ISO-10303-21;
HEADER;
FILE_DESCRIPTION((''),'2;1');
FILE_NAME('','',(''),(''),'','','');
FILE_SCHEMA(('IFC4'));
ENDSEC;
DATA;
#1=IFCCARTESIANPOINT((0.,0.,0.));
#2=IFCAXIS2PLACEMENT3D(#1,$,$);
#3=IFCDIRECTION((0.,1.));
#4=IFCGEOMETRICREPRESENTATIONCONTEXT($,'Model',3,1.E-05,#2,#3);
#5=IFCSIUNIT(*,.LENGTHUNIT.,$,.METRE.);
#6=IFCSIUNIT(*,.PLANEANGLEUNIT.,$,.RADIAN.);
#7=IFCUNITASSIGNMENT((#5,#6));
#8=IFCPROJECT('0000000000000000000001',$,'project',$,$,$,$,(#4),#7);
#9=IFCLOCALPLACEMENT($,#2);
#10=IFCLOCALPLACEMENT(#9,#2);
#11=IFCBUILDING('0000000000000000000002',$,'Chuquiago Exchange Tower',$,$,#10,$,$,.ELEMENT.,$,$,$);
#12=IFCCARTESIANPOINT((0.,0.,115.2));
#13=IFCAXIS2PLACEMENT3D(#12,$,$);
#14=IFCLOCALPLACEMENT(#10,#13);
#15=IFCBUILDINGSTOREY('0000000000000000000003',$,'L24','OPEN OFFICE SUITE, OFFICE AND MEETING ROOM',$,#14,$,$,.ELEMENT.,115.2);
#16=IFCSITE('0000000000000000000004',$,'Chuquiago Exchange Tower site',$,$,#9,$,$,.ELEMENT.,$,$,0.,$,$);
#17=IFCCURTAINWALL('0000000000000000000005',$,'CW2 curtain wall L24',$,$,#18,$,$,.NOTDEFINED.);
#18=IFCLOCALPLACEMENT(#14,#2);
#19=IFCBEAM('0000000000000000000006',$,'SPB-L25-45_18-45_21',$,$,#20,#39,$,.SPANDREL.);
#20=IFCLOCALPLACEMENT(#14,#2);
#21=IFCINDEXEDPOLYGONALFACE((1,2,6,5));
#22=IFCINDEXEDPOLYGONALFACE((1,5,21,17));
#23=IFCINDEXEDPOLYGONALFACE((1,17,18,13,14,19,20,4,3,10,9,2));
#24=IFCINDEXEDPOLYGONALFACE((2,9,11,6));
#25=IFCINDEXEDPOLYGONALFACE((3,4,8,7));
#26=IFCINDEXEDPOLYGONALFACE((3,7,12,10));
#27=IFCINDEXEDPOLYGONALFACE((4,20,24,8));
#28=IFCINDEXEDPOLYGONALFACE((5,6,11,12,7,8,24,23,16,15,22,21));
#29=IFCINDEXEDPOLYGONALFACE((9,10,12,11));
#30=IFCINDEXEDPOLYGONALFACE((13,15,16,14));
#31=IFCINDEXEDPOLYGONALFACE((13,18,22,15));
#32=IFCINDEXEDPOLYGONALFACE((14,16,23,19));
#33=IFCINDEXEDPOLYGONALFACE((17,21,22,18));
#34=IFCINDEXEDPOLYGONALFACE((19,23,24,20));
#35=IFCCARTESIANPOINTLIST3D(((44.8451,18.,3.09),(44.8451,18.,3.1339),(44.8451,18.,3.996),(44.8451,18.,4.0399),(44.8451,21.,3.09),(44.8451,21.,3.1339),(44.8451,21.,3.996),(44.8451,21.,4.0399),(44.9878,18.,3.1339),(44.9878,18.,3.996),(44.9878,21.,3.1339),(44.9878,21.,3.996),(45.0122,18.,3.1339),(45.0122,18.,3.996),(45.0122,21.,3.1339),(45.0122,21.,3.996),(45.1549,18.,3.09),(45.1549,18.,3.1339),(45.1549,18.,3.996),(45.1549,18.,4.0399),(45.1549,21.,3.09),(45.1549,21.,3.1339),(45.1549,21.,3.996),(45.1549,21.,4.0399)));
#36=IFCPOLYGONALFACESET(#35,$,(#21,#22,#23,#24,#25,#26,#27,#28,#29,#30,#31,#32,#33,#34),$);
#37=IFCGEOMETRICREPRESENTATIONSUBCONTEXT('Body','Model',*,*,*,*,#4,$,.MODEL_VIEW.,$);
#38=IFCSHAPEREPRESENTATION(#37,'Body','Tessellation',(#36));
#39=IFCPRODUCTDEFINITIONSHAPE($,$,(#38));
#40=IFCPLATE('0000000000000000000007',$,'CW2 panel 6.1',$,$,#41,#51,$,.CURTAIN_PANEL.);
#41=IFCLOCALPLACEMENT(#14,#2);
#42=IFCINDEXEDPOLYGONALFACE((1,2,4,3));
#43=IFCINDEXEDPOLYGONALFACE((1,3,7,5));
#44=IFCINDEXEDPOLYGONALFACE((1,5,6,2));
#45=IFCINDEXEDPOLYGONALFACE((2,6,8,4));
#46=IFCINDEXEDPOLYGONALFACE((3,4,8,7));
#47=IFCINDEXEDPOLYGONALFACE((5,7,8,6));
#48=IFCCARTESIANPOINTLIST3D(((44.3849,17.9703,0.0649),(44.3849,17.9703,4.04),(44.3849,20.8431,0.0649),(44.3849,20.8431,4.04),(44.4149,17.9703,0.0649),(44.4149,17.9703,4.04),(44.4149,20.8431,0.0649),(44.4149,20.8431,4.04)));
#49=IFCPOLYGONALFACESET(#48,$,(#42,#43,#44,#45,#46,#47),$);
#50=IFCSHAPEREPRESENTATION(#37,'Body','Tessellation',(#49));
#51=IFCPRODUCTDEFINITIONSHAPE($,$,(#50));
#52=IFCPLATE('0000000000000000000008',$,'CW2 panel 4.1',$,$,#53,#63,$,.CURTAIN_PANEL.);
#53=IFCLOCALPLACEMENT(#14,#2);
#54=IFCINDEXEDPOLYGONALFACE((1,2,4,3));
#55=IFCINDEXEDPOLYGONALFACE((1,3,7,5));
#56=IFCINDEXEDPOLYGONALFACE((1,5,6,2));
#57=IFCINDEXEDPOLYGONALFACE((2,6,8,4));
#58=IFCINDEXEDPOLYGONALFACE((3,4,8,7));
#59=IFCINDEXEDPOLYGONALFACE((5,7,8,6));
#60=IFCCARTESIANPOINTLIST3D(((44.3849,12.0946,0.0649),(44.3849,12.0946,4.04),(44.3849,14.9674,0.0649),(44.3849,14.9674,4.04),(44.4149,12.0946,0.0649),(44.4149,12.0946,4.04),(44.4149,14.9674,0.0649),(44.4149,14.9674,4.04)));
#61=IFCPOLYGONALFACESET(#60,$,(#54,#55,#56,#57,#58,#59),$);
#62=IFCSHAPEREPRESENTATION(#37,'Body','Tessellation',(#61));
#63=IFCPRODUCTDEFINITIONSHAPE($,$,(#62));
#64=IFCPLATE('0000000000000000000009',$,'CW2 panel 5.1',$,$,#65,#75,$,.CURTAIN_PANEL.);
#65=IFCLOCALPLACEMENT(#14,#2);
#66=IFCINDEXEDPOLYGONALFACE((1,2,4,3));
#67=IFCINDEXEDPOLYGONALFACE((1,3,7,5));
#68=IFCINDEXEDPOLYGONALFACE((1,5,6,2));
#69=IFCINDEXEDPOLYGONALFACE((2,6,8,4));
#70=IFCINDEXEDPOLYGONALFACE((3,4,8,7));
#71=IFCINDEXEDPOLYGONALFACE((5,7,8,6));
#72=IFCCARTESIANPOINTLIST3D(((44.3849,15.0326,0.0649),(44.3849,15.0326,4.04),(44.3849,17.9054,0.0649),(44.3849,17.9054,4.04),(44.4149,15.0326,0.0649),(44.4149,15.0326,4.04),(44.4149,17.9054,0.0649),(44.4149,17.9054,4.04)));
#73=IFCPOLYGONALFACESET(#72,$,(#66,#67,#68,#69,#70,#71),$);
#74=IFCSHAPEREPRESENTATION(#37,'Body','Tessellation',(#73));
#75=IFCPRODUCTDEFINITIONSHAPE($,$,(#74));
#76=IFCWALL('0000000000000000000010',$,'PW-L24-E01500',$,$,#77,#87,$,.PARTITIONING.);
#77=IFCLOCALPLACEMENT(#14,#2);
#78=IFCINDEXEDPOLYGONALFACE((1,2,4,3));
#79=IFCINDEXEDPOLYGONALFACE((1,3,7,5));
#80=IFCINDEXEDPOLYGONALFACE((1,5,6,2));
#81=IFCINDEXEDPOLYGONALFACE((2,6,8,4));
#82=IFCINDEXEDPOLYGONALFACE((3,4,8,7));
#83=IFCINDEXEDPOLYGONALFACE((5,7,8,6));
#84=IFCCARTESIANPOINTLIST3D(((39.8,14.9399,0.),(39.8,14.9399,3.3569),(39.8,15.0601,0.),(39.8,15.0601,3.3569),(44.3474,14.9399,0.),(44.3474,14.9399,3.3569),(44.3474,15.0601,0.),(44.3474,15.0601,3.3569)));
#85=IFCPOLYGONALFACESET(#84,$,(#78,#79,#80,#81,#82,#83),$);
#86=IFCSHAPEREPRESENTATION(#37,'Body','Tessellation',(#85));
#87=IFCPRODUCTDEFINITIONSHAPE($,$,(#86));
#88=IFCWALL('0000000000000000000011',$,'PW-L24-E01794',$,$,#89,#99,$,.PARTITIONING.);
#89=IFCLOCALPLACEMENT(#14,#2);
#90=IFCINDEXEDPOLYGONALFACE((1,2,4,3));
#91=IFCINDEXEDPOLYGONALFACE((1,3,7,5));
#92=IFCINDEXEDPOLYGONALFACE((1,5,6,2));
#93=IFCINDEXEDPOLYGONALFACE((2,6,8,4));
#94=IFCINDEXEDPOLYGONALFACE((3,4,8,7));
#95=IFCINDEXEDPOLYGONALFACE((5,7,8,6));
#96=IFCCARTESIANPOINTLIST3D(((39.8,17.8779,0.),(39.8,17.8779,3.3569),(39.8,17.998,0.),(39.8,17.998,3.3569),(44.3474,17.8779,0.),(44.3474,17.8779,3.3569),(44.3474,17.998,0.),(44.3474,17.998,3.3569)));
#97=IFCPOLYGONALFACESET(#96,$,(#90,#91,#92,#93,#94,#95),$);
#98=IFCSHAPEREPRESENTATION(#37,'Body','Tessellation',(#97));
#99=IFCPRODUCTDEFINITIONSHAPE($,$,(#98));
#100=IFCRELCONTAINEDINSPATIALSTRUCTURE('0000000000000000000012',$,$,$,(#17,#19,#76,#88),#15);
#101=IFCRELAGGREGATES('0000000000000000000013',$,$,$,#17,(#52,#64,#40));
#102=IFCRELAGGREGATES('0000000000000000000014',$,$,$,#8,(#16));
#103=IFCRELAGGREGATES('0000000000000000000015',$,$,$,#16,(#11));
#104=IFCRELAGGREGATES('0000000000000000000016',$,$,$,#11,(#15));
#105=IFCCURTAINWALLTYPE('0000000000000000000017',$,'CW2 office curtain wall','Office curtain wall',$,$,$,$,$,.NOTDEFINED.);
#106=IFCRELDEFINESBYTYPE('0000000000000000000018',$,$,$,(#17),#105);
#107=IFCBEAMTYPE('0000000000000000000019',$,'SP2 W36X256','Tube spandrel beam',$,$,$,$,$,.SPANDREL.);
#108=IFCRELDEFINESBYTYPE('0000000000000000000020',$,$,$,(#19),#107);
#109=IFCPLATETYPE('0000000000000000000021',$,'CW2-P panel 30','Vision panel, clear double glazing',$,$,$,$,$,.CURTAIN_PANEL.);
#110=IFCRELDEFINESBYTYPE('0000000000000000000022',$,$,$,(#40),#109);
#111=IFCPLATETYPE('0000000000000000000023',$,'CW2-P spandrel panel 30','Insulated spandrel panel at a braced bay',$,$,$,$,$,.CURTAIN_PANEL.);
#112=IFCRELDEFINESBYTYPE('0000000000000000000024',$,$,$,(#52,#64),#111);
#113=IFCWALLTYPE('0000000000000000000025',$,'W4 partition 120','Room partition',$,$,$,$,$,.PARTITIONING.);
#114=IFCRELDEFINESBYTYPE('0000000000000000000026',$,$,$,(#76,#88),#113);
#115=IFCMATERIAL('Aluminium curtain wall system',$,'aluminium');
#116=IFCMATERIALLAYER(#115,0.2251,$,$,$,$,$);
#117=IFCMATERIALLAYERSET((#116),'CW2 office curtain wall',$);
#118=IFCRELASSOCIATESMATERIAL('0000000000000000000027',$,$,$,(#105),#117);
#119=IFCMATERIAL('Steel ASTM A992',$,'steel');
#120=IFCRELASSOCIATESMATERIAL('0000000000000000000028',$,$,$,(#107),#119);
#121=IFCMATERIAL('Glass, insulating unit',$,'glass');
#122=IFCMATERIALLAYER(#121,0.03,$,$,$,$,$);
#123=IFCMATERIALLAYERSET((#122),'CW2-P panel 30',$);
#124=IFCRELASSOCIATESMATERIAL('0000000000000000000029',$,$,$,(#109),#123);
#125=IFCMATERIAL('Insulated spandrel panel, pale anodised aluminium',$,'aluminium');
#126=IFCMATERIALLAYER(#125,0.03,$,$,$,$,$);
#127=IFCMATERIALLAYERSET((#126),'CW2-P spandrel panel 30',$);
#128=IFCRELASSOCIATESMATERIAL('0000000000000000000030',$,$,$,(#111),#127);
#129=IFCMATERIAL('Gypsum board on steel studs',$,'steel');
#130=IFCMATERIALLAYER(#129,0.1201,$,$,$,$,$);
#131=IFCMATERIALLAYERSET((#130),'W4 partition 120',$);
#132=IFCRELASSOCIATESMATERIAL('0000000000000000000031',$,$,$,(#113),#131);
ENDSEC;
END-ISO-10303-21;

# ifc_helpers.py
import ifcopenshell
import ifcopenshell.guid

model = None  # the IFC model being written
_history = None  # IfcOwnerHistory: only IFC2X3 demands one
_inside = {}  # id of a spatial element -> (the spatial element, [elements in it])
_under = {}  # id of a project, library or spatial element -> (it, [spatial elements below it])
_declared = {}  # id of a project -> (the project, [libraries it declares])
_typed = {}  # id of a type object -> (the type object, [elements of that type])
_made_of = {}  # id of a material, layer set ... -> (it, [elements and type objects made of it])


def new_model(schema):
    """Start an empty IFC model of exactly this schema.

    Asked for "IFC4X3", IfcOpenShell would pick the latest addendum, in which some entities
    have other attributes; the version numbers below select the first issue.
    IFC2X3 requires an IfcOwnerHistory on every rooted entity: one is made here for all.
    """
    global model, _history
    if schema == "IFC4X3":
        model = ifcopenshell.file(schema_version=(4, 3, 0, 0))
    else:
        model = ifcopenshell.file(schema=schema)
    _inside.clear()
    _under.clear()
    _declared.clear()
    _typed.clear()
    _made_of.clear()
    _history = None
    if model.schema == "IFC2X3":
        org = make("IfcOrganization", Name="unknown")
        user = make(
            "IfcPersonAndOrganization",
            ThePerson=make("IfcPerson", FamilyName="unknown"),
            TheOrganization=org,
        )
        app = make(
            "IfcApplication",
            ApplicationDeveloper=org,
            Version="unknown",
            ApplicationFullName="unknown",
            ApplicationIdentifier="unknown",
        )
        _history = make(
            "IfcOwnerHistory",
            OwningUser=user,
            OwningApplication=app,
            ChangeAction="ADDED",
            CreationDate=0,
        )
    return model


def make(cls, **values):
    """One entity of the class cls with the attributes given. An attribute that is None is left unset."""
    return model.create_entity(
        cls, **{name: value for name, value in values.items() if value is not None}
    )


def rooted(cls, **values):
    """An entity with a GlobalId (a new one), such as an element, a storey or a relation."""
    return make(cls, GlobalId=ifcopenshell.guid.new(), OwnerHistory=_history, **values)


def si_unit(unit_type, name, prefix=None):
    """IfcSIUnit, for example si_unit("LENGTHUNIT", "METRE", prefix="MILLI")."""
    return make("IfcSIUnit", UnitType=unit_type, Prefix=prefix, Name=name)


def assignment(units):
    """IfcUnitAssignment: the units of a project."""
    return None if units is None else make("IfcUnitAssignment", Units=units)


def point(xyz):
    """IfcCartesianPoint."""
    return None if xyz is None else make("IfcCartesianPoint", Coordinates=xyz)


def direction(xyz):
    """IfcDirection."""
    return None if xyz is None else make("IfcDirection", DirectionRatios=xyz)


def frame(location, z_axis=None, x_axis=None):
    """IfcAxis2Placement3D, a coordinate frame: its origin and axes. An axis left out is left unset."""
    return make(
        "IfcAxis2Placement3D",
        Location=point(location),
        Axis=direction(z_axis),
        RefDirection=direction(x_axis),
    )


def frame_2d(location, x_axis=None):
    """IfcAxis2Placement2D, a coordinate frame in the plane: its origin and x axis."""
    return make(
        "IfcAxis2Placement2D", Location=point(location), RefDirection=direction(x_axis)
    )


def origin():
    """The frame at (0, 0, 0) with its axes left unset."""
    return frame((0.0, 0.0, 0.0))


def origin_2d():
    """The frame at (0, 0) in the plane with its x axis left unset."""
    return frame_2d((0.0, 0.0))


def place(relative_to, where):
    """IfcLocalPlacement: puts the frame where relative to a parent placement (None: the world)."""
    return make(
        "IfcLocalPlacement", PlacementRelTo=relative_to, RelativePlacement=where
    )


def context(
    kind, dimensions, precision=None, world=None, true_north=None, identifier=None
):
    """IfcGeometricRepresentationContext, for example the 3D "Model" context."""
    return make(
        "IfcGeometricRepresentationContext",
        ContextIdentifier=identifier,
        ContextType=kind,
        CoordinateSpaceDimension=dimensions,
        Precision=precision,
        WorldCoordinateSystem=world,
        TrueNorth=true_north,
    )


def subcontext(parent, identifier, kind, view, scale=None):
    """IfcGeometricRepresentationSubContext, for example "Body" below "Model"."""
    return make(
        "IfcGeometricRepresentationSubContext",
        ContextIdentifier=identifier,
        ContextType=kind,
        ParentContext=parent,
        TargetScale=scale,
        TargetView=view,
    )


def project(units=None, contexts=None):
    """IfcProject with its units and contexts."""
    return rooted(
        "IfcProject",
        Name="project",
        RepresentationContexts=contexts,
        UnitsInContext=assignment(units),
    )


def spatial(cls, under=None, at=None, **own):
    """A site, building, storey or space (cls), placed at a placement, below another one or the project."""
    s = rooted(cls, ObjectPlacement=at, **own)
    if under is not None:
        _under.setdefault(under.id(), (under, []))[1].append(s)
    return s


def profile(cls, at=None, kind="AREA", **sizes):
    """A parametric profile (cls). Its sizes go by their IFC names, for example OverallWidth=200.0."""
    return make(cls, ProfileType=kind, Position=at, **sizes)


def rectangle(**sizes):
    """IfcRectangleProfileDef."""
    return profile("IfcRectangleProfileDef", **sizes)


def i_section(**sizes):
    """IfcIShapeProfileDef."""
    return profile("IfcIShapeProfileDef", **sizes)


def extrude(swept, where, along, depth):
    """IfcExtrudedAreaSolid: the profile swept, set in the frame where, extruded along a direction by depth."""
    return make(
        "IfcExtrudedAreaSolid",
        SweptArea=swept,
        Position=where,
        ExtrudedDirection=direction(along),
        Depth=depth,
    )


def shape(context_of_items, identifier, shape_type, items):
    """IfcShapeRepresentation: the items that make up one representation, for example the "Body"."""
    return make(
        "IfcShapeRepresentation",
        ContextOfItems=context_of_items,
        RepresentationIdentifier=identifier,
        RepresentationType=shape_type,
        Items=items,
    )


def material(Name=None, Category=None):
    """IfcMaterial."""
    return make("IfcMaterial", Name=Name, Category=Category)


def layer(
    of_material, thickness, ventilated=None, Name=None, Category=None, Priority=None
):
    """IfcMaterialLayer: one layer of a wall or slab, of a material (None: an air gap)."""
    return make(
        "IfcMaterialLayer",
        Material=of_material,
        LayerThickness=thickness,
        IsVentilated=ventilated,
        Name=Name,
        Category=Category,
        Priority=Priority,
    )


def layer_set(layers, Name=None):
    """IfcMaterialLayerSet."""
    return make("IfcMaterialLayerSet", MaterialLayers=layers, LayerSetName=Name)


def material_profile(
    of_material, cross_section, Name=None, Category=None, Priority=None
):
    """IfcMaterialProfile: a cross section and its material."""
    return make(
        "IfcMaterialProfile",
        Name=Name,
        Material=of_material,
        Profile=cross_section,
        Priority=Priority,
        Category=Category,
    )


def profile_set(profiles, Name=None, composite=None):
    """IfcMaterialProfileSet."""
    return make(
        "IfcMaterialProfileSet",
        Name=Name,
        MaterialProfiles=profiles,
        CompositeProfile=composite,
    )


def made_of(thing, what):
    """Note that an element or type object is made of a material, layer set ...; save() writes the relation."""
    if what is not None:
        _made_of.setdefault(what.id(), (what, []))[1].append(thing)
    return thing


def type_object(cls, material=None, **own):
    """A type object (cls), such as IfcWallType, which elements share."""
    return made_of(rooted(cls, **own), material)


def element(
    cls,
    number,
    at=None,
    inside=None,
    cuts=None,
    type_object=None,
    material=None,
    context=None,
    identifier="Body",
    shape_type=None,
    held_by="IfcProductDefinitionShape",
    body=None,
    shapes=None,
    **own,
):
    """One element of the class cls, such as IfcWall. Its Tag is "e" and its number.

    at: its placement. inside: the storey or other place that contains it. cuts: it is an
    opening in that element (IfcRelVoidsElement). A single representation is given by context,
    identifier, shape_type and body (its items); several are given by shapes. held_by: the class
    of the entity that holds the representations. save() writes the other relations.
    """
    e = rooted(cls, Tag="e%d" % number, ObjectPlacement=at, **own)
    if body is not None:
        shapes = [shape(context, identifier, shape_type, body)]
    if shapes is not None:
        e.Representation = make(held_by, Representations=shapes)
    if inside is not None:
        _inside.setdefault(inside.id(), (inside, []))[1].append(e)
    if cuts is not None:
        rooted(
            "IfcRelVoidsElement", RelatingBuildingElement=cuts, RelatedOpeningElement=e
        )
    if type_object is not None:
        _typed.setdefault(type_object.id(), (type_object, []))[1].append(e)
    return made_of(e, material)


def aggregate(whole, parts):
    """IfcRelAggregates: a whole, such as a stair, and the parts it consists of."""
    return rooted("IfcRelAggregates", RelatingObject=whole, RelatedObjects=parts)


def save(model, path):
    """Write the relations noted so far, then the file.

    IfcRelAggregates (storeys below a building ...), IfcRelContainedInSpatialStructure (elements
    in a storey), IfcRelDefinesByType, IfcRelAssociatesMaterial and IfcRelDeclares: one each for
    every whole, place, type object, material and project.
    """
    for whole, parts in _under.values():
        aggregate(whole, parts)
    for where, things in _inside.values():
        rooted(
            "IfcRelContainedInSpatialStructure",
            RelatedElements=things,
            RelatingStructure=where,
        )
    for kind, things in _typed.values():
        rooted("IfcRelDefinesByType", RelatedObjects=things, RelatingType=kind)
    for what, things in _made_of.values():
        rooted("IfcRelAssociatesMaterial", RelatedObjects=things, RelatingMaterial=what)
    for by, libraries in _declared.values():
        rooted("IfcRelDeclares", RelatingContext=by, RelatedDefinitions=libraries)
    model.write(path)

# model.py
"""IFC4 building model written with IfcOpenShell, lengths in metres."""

from ifc_helpers import new_model, si_unit, direction, frame, frame_2d, origin, origin_2d, place, context, subcontext, project, spatial, rectangle, i_section, extrude, material, layer, layer_set, material_profile, profile_set, type_object, element, aggregate, save


model = new_model("IFC4")

# Units and contexts
model_context = context("Model", 3, precision=1e-05, world=origin(), true_north=direction((0.0, 1.0)))
body_context = subcontext(model_context, "Body", "Model", "MODEL_VIEW")
ifc_project = project(units=[si_unit("LENGTHUNIT", "METRE"), si_unit("PLANEANGLEUNIT", "RADIAN")], contexts=[model_context])

# Site, building, storey
site_placement = place(None, origin())
site = spatial("IfcSite", under=ifc_project, at=site_placement, Name="Chuquiago Exchange Tower site", CompositionType="ELEMENT", RefElevation=0.0)
building_placement = place(site_placement, origin())
building = spatial("IfcBuilding", under=site, at=building_placement, Name="Chuquiago Exchange Tower", CompositionType="ELEMENT")
storey_placement = place(building_placement, frame((0.0, 0.0, 115.2)))
storey = spatial("IfcBuildingStorey", under=building, at=storey_placement, Name="L24", Description="OPEN OFFICE SUITE, OFFICE AND MEETING ROOM", CompositionType="ELEMENT", Elevation=115.2)

# Curtain wall
ifc_material_1 = material(Name="Aluminium curtain wall system", Category="aluminium")
ifc_layer_1 = layer(ifc_material_1, 0.2251)
ifc_layer_set_1 = layer_set([ifc_layer_1], Name="CW2 office curtain wall")
curtain_wall_type = type_object("IfcCurtainWallType", Name="CW2 office curtain wall", Description="Office curtain wall", PredefinedType="NOTDEFINED", material=ifc_layer_set_1)
curtain_wall_placement = place(storey_placement, origin())
curtain_wall = element("IfcCurtainWall", 1, at=curtain_wall_placement, inside=storey, type_object=curtain_wall_type, Name="CW2 curtain wall L24", PredefinedType="NOTDEFINED")

# Beam
ifc_material_2 = material(Name="Steel ASTM A992", Category="steel")
ifc_material_profile_1 = material_profile(ifc_material_2, i_section(OverallWidth=0.3098, OverallDepth=0.95, WebThickness=0.0244, FlangeThickness=0.0439, at=origin_2d()), Name="W36X256")
ifc_profile_set_1 = profile_set([ifc_material_profile_1], Name="Steel ASTM A992")
beam_type_1 = type_object("IfcBeamType", Name="SP2 W36X256", Description="Tube spandrel beam", PredefinedType="SPANDREL", material=ifc_profile_set_1)
for number, where, z_axis, x_axis, name in (
    (2, (45.0, 18.0, 3.5649), (0.0, 1.0, 0.0), (-1.0, 0.0, 0.0), "SPB-L25-45_18-45_21"),
):
    element("IfcBeam", number, at=place(storey_placement, frame(where, z_axis=z_axis, x_axis=x_axis)), inside=storey, type_object=beam_type_1, Name=name, PredefinedType="SPANDREL", context=body_context, shape_type="SweptSolid", body=[
        extrude(i_section(OverallWidth=0.3098, OverallDepth=0.95, WebThickness=0.0244, FlangeThickness=0.0439, at=origin_2d()), origin(), (0.0, 0.0, 1.0), 3.0),
    ])

# Plates
ifc_material_3 = material(Name="Glass, insulating unit", Category="glass")
ifc_layer_2 = layer(ifc_material_3, 0.03)
ifc_layer_set_2 = layer_set([ifc_layer_2], Name="CW2-P panel 30")
plate_type_1 = type_object("IfcPlateType", Name="CW2-P panel 30", Description="Vision panel, clear double glazing", PredefinedType="CURTAIN_PANEL", material=ifc_layer_set_2)
plate_1_placement = place(storey_placement, frame((44.3999, 19.4067, 0.0649), z_axis=(0.0, 0.0, 1.0), x_axis=(0.0, 1.0, 0.0)))
plate_1 = element("IfcPlate", 3, at=plate_1_placement, type_object=plate_type_1, Name="CW2 panel 6.1", PredefinedType="CURTAIN_PANEL", context=body_context, shape_type="SweptSolid", body=[
    extrude(rectangle(XDim=2.8728, YDim=0.03, at=origin_2d()), origin(), (0.0, 0.0, 1.0), 3.9751),
])
ifc_material_4 = material(Name="Insulated spandrel panel, pale anodised aluminium", Category="aluminium")
ifc_layer_3 = layer(ifc_material_4, 0.03)
ifc_layer_set_3 = layer_set([ifc_layer_3], Name="CW2-P spandrel panel 30")
plate_type_2 = type_object("IfcPlateType", Name="CW2-P spandrel panel 30", Description="Insulated spandrel panel at a braced bay", PredefinedType="CURTAIN_PANEL", material=ifc_layer_set_3)
plate_2_placement = place(storey_placement, frame((44.3999, 13.531, 0.0649), z_axis=(0.0, 0.0, 1.0), x_axis=(0.0, 1.0, 0.0)))
plate_2 = element("IfcPlate", 4, at=plate_2_placement, type_object=plate_type_2, Name="CW2 panel 4.1", PredefinedType="CURTAIN_PANEL", context=body_context, shape_type="SweptSolid", body=[
    extrude(rectangle(XDim=2.8728, YDim=0.03, at=origin_2d()), origin(), (0.0, 0.0, 1.0), 3.9751),
])
plate_3_placement = place(storey_placement, frame((44.3999, 16.469, 0.0649), z_axis=(0.0, 0.0, 1.0), x_axis=(0.0, 1.0, 0.0)))
plate_3 = element("IfcPlate", 5, at=plate_3_placement, type_object=plate_type_2, Name="CW2 panel 5.1", PredefinedType="CURTAIN_PANEL", context=body_context, shape_type="SweptSolid", body=[
    extrude(rectangle(XDim=2.8728, YDim=0.03, at=origin_2d()), origin(), (0.0, 0.0, 1.0), 3.9751),
])
aggregate(curtain_wall, [plate_2, plate_3, plate_1])

# Walls
ifc_material_5 = material(Name="Gypsum board on steel studs", Category="steel")
ifc_layer_4 = layer(ifc_material_5, 0.1201)
ifc_layer_set_4 = layer_set([ifc_layer_4], Name="W4 partition 120")
wall_type = type_object("IfcWallType", Name="W4 partition 120", Description="Room partition", PredefinedType="PARTITIONING", material=ifc_layer_set_4)
for number, where, z_axis, x_axis, name in (
    (6, (44.3474, 15.0, 0.0), (0.0, 0.0, 1.0), (-1.0, 0.0, 0.0), "PW-L24-E01500"),
    (7, (44.3474, 17.938, 0.0), (0.0, 0.0, 1.0), (-1.0, 0.0, 0.0), "PW-L24-E01794"),
):
    element("IfcWall", number, at=place(storey_placement, frame(where, z_axis=z_axis, x_axis=x_axis)), inside=storey, type_object=wall_type, Name=name, PredefinedType="PARTITIONING", context=body_context, shape_type="SweptSolid", body=[
        extrude(rectangle(XDim=4.5474, YDim=0.1201, at=frame_2d((2.2737, 0.0))), origin(), (0.0, 0.0, 1.0), 3.3569),
    ])

save(model, "model.ifc")
